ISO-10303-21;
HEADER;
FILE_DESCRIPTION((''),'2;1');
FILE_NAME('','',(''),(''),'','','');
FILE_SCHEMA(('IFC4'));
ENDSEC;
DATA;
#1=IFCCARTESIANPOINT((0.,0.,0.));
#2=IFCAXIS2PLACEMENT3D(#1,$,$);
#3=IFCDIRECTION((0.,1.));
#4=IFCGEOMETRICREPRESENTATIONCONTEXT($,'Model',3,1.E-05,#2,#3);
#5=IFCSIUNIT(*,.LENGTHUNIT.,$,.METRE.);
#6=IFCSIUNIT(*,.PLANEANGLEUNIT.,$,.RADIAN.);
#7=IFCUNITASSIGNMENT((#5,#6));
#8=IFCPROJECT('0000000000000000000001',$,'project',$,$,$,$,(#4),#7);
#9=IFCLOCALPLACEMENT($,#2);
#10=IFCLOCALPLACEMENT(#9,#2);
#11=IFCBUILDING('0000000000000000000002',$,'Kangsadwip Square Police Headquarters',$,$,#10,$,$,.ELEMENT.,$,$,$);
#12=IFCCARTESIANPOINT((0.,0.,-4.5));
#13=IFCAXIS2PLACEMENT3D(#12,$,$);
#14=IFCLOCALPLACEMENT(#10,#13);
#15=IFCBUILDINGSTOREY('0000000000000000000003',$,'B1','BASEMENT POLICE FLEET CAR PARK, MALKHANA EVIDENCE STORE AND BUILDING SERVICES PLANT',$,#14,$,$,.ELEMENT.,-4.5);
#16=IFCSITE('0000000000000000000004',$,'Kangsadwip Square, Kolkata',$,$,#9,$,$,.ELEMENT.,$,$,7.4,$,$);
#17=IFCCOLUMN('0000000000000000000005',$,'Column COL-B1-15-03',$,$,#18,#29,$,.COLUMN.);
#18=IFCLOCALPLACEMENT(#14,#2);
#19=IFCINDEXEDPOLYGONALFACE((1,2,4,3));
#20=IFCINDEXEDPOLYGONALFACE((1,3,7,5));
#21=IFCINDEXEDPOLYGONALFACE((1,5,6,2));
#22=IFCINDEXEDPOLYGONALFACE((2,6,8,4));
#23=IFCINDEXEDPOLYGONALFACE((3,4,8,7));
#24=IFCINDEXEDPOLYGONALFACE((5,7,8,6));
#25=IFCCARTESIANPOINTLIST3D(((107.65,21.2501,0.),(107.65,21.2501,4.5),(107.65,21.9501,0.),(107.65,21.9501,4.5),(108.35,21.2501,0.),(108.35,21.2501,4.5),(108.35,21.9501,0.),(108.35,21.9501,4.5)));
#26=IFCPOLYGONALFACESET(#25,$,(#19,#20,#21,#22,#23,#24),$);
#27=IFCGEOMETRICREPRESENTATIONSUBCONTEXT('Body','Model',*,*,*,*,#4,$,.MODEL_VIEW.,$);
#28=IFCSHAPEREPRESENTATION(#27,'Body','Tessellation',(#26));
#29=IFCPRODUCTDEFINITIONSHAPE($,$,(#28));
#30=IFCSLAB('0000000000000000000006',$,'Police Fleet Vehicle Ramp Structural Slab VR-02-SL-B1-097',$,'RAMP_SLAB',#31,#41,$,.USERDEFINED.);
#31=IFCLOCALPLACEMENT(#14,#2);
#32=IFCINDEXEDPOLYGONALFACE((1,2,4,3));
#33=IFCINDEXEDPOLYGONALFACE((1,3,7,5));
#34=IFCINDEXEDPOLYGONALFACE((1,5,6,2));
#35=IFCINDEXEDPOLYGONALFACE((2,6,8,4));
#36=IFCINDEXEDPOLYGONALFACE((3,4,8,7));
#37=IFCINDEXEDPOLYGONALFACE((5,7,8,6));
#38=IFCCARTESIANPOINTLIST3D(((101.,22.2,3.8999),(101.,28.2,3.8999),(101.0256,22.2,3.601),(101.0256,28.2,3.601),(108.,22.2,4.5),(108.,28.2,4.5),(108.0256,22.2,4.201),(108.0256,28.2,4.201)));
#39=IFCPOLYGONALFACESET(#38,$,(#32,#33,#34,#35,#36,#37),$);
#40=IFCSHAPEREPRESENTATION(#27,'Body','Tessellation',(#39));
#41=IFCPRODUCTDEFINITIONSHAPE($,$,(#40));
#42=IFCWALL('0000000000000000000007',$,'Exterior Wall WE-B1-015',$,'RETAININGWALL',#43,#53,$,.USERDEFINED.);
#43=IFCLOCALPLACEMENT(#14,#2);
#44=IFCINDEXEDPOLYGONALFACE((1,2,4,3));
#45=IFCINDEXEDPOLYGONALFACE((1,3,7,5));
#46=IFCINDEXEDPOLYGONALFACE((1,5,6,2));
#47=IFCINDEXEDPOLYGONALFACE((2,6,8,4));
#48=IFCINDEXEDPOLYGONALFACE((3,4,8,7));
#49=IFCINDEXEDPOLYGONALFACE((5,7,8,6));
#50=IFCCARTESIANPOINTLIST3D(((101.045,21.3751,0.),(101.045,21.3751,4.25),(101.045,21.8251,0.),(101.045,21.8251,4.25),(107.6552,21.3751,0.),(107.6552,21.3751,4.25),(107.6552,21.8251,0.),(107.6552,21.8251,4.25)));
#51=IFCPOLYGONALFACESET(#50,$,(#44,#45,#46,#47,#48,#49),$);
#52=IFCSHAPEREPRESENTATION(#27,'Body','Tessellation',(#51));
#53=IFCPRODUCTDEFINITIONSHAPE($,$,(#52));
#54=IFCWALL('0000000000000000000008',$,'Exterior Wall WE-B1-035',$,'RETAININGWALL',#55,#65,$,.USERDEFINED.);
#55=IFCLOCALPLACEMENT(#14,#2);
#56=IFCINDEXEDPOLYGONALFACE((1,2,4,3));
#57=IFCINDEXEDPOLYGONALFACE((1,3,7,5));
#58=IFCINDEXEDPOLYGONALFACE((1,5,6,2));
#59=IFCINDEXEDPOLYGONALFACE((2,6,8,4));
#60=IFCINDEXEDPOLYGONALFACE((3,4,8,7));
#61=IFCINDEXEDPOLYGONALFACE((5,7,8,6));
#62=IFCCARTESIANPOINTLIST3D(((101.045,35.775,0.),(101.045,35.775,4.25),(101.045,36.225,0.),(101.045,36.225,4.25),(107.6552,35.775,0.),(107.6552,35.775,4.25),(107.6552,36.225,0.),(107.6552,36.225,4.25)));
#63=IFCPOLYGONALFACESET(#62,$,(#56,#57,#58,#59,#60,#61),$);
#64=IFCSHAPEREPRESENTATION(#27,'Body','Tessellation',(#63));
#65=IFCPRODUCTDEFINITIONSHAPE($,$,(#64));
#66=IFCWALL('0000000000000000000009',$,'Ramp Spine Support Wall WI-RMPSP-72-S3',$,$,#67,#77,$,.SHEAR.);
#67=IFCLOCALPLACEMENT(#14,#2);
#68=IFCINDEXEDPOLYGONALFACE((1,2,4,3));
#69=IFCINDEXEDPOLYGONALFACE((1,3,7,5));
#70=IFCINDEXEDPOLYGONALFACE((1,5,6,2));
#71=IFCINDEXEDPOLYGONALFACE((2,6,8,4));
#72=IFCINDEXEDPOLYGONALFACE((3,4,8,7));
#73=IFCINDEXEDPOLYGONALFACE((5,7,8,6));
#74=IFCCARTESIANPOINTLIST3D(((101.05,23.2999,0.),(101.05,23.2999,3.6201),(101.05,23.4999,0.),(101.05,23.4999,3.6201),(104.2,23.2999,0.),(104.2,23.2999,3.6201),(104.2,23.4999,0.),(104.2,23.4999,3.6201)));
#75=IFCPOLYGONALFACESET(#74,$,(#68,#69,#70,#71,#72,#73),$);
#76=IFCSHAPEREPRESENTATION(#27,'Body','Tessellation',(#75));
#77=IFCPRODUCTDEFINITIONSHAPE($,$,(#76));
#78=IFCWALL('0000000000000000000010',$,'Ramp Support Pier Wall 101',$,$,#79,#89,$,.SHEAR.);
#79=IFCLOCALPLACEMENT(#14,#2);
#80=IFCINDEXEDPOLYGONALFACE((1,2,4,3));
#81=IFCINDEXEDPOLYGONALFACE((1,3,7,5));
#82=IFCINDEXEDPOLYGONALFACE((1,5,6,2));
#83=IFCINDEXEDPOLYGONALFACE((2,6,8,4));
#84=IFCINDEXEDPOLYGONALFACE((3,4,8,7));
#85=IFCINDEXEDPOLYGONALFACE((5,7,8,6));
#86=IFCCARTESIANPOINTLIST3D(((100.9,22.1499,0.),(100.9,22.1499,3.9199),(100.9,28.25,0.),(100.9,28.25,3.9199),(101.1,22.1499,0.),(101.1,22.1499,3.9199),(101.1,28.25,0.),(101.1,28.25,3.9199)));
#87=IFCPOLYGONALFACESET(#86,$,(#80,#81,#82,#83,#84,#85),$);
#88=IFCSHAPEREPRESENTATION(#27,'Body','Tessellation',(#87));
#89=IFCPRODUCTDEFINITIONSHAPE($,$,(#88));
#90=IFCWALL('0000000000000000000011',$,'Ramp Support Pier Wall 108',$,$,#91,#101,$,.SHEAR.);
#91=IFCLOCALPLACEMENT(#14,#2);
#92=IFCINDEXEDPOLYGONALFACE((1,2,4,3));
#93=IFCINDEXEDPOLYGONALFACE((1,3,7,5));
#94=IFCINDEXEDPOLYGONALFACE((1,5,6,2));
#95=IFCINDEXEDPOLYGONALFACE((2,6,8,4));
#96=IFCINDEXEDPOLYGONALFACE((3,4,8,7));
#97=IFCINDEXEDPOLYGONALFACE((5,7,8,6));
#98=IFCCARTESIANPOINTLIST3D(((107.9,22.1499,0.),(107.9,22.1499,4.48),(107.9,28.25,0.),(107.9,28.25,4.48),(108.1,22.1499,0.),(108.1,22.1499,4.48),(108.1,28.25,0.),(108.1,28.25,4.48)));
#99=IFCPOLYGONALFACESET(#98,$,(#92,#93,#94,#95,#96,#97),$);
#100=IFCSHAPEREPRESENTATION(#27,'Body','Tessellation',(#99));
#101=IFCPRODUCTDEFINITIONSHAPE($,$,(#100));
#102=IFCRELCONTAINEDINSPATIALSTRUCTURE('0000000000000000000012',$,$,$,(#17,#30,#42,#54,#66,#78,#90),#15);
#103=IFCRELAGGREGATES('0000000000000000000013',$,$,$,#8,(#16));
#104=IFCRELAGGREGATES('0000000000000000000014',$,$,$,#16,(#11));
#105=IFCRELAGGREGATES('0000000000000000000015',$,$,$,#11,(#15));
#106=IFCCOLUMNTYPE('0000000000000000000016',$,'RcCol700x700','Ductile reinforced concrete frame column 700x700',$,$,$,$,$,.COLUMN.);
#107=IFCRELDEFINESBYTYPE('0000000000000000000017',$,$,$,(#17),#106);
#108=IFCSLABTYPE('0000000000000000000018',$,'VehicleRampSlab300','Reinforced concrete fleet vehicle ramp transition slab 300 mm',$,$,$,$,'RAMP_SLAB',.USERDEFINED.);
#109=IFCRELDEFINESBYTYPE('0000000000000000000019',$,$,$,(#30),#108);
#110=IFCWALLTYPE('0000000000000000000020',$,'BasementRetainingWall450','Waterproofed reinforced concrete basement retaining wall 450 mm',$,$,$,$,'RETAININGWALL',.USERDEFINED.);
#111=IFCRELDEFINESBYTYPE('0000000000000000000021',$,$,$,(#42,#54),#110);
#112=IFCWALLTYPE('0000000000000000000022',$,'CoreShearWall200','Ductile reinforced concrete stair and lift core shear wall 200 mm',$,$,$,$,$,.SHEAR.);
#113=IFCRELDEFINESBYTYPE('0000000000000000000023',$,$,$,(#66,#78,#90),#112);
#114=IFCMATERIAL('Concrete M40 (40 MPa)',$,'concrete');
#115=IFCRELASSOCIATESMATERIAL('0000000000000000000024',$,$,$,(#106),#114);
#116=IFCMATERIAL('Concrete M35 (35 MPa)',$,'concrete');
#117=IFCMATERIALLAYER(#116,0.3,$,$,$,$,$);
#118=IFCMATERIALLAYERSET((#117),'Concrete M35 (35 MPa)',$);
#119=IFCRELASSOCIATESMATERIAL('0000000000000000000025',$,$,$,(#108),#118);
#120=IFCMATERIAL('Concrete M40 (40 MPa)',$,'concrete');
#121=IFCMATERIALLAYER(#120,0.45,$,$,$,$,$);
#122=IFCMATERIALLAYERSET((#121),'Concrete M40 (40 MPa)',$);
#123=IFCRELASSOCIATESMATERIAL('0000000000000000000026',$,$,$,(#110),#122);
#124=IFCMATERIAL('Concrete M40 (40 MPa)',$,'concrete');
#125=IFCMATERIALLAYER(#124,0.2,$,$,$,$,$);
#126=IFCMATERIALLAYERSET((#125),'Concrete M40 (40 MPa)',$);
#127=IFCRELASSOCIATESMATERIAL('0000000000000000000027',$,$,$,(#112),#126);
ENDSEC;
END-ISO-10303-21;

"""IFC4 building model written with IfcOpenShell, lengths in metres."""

from ifc_helpers import new_model, si_unit, direction, frame, frame_2d, origin, origin_2d, place, context, subcontext, project, spatial, polyline, rectangle, outline, extrude, material, layer, layer_set, material_profile, profile_set, type_object, element, save


model = new_model("IFC4")

# Units and contexts
model_context = context("Model", 3, precision=1e-05, world=origin(), true_north=direction((0.0, 1.0)))
body_context = subcontext(model_context, "Body", "Model", "MODEL_VIEW")
ifc_project = project(units=[si_unit("LENGTHUNIT", "METRE"), si_unit("PLANEANGLEUNIT", "RADIAN")], contexts=[model_context])

# Site, building, storey
site_placement = place(None, origin())
site = spatial("IfcSite", under=ifc_project, at=site_placement, Name="Kangsadwip Square, Kolkata", CompositionType="ELEMENT", RefElevation=7.4)
building_placement = place(site_placement, origin())
building = spatial("IfcBuilding", under=site, at=building_placement, Name="Kangsadwip Square Police Headquarters", CompositionType="ELEMENT")
storey_placement = place(building_placement, frame((0.0, 0.0, -4.5)))
storey = spatial("IfcBuildingStorey", under=building, at=storey_placement, Name="B1", Description="BASEMENT POLICE FLEET CAR PARK, MALKHANA EVIDENCE STORE AND BUILDING SERVICES PLANT", CompositionType="ELEMENT", Elevation=-4.5)

# Column
ifc_material_1 = material(Name="Concrete M40 (40 MPa)", Category="concrete")
ifc_material_profile_1 = material_profile(ifc_material_1, rectangle(XDim=0.7, YDim=0.7, at=origin_2d()), Name="RC COL 700X700")
ifc_profile_set_1 = profile_set([ifc_material_profile_1], Name="Concrete M40 (40 MPa)")
column_type_1 = type_object("IfcColumnType", Name="RcCol700x700", Description="Ductile reinforced concrete frame column 700x700", PredefinedType="COLUMN", material=ifc_profile_set_1)
column_placement = place(storey_placement, frame((108.0, 21.6001, 0.0), z_axis=(0.0, 0.0, 1.0), x_axis=(1.0, 0.0, 0.0)))
element("IfcColumn", 1, at=column_placement, inside=storey, type_object=column_type_1, Name="Column COL-B1-15-03", PredefinedType="COLUMN", context=body_context, shape_type="SweptSolid", body=[
    extrude(rectangle(XDim=0.7, YDim=0.7, at=origin_2d()), origin(), (0.0, 0.0, 1.0), 4.5),
])

# Slab
ifc_material_2 = material(Name="Concrete M35 (35 MPa)", Category="concrete")
ifc_layer_1 = layer(ifc_material_2, 0.3)
ifc_layer_set_1 = layer_set([ifc_layer_1], Name="Concrete M35 (35 MPa)")
slab_type = type_object("IfcSlabType", Name="VehicleRampSlab300", Description="Reinforced concrete fleet vehicle ramp transition slab 300 mm", ElementType="RAMP_SLAB", PredefinedType="USERDEFINED", material=ifc_layer_set_1)
slab_placement = place(storey_placement, frame((101.0, 22.2, 3.8999), z_axis=(-0.085415, 0.0, 0.996345), x_axis=(0.996345, 0.0, 0.085415)))
element("IfcSlab", 2, at=slab_placement, inside=storey, type_object=slab_type, Name="Police Fleet Vehicle Ramp Structural Slab VR-02-SL-B1-097", ObjectType="RAMP_SLAB", PredefinedType="USERDEFINED", context=body_context, shape_type="SweptSolid", body=[
    extrude(outline(polyline([(0.0, 0.0), (7.0257, 0.0), (7.0257, 6.0), (0.0, 6.0), (0.0, 0.0)])), origin(), (0.0, 0.0, -1.0), 0.3),
])

# Walls
ifc_material_3 = material(Name="Concrete M40 (40 MPa)", Category="concrete")
ifc_layer_2 = layer(ifc_material_3, 0.45)
ifc_layer_set_2 = layer_set([ifc_layer_2], Name="Concrete M40 (40 MPa)")
wall_type_1 = type_object("IfcWallType", Name="BasementRetainingWall450", Description="Waterproofed reinforced concrete basement retaining wall 450 mm", ElementType="RETAININGWALL", PredefinedType="USERDEFINED", material=ifc_layer_set_2)
for number, where, z_axis, x_axis, name in (
    (3, (101.0449, 21.6001, 0.0), (0.0, 0.0, 1.0), (1.0, 0.0, 0.0), "Exterior Wall WE-B1-015"),
    (4, (101.0449, 36.0, 0.0), (0.0, 0.0, 1.0), (1.0, 0.0, 0.0), "Exterior Wall WE-B1-035"),
):
    element("IfcWall", number, at=place(storey_placement, frame(where, z_axis=z_axis, x_axis=x_axis)), inside=storey, type_object=wall_type_1, Name=name, ObjectType="RETAININGWALL", PredefinedType="USERDEFINED", context=body_context, shape_type="SweptSolid", body=[
        extrude(rectangle(XDim=6.6101, YDim=0.45, at=frame_2d((3.3052, 0.0))), origin(), (0.0, 0.0, 1.0), 4.25),
    ])
ifc_material_4 = material(Name="Concrete M40 (40 MPa)", Category="concrete")
ifc_layer_3 = layer(ifc_material_4, 0.2)
ifc_layer_set_3 = layer_set([ifc_layer_3], Name="Concrete M40 (40 MPa)")
wall_type_2 = type_object("IfcWallType", Name="CoreShearWall200", Description="Ductile reinforced concrete stair and lift core shear wall 200 mm", PredefinedType="SHEAR", material=ifc_layer_set_3)
wall_1_placement = place(storey_placement, frame((101.05, 23.3999, 0.0), z_axis=(0.0, 0.0, 1.0), x_axis=(1.0, 0.0, 0.0)))
element("IfcWall", 5, at=wall_1_placement, inside=storey, type_object=wall_type_2, Name="Ramp Spine Support Wall WI-RMPSP-72-S3", PredefinedType="SHEAR", context=body_context, shape_type="SweptSolid", body=[
    extrude(rectangle(XDim=3.1499, YDim=0.2, at=frame_2d((1.575, 0.0))), origin(), (0.0, 0.0, 1.0), 3.6201),
])
wall_2_placement = place(storey_placement, frame((101.0, 22.1499, 0.0), z_axis=(0.0, 0.0, 1.0), x_axis=(0.0, 1.0, 0.0)))
element("IfcWall", 6, at=wall_2_placement, inside=storey, type_object=wall_type_2, Name="Ramp Support Pier Wall 101", PredefinedType="SHEAR", context=body_context, shape_type="SweptSolid", body=[
    extrude(rectangle(XDim=6.1001, YDim=0.2, at=frame_2d((3.05, 0.0))), origin(), (0.0, 0.0, 1.0), 3.9199),
])
wall_3_placement = place(storey_placement, frame((108.0, 22.1499, 0.0), z_axis=(0.0, 0.0, 1.0), x_axis=(0.0, 1.0, 0.0)))
element("IfcWall", 7, at=wall_3_placement, inside=storey, type_object=wall_type_2, Name="Ramp Support Pier Wall 108", PredefinedType="SHEAR", context=body_context, shape_type="SweptSolid", body=[
    extrude(rectangle(XDim=6.1001, YDim=0.2, at=frame_2d((3.05, 0.0))), origin(), (0.0, 0.0, 1.0), 4.48),
])

save(model, "model.ifc")
